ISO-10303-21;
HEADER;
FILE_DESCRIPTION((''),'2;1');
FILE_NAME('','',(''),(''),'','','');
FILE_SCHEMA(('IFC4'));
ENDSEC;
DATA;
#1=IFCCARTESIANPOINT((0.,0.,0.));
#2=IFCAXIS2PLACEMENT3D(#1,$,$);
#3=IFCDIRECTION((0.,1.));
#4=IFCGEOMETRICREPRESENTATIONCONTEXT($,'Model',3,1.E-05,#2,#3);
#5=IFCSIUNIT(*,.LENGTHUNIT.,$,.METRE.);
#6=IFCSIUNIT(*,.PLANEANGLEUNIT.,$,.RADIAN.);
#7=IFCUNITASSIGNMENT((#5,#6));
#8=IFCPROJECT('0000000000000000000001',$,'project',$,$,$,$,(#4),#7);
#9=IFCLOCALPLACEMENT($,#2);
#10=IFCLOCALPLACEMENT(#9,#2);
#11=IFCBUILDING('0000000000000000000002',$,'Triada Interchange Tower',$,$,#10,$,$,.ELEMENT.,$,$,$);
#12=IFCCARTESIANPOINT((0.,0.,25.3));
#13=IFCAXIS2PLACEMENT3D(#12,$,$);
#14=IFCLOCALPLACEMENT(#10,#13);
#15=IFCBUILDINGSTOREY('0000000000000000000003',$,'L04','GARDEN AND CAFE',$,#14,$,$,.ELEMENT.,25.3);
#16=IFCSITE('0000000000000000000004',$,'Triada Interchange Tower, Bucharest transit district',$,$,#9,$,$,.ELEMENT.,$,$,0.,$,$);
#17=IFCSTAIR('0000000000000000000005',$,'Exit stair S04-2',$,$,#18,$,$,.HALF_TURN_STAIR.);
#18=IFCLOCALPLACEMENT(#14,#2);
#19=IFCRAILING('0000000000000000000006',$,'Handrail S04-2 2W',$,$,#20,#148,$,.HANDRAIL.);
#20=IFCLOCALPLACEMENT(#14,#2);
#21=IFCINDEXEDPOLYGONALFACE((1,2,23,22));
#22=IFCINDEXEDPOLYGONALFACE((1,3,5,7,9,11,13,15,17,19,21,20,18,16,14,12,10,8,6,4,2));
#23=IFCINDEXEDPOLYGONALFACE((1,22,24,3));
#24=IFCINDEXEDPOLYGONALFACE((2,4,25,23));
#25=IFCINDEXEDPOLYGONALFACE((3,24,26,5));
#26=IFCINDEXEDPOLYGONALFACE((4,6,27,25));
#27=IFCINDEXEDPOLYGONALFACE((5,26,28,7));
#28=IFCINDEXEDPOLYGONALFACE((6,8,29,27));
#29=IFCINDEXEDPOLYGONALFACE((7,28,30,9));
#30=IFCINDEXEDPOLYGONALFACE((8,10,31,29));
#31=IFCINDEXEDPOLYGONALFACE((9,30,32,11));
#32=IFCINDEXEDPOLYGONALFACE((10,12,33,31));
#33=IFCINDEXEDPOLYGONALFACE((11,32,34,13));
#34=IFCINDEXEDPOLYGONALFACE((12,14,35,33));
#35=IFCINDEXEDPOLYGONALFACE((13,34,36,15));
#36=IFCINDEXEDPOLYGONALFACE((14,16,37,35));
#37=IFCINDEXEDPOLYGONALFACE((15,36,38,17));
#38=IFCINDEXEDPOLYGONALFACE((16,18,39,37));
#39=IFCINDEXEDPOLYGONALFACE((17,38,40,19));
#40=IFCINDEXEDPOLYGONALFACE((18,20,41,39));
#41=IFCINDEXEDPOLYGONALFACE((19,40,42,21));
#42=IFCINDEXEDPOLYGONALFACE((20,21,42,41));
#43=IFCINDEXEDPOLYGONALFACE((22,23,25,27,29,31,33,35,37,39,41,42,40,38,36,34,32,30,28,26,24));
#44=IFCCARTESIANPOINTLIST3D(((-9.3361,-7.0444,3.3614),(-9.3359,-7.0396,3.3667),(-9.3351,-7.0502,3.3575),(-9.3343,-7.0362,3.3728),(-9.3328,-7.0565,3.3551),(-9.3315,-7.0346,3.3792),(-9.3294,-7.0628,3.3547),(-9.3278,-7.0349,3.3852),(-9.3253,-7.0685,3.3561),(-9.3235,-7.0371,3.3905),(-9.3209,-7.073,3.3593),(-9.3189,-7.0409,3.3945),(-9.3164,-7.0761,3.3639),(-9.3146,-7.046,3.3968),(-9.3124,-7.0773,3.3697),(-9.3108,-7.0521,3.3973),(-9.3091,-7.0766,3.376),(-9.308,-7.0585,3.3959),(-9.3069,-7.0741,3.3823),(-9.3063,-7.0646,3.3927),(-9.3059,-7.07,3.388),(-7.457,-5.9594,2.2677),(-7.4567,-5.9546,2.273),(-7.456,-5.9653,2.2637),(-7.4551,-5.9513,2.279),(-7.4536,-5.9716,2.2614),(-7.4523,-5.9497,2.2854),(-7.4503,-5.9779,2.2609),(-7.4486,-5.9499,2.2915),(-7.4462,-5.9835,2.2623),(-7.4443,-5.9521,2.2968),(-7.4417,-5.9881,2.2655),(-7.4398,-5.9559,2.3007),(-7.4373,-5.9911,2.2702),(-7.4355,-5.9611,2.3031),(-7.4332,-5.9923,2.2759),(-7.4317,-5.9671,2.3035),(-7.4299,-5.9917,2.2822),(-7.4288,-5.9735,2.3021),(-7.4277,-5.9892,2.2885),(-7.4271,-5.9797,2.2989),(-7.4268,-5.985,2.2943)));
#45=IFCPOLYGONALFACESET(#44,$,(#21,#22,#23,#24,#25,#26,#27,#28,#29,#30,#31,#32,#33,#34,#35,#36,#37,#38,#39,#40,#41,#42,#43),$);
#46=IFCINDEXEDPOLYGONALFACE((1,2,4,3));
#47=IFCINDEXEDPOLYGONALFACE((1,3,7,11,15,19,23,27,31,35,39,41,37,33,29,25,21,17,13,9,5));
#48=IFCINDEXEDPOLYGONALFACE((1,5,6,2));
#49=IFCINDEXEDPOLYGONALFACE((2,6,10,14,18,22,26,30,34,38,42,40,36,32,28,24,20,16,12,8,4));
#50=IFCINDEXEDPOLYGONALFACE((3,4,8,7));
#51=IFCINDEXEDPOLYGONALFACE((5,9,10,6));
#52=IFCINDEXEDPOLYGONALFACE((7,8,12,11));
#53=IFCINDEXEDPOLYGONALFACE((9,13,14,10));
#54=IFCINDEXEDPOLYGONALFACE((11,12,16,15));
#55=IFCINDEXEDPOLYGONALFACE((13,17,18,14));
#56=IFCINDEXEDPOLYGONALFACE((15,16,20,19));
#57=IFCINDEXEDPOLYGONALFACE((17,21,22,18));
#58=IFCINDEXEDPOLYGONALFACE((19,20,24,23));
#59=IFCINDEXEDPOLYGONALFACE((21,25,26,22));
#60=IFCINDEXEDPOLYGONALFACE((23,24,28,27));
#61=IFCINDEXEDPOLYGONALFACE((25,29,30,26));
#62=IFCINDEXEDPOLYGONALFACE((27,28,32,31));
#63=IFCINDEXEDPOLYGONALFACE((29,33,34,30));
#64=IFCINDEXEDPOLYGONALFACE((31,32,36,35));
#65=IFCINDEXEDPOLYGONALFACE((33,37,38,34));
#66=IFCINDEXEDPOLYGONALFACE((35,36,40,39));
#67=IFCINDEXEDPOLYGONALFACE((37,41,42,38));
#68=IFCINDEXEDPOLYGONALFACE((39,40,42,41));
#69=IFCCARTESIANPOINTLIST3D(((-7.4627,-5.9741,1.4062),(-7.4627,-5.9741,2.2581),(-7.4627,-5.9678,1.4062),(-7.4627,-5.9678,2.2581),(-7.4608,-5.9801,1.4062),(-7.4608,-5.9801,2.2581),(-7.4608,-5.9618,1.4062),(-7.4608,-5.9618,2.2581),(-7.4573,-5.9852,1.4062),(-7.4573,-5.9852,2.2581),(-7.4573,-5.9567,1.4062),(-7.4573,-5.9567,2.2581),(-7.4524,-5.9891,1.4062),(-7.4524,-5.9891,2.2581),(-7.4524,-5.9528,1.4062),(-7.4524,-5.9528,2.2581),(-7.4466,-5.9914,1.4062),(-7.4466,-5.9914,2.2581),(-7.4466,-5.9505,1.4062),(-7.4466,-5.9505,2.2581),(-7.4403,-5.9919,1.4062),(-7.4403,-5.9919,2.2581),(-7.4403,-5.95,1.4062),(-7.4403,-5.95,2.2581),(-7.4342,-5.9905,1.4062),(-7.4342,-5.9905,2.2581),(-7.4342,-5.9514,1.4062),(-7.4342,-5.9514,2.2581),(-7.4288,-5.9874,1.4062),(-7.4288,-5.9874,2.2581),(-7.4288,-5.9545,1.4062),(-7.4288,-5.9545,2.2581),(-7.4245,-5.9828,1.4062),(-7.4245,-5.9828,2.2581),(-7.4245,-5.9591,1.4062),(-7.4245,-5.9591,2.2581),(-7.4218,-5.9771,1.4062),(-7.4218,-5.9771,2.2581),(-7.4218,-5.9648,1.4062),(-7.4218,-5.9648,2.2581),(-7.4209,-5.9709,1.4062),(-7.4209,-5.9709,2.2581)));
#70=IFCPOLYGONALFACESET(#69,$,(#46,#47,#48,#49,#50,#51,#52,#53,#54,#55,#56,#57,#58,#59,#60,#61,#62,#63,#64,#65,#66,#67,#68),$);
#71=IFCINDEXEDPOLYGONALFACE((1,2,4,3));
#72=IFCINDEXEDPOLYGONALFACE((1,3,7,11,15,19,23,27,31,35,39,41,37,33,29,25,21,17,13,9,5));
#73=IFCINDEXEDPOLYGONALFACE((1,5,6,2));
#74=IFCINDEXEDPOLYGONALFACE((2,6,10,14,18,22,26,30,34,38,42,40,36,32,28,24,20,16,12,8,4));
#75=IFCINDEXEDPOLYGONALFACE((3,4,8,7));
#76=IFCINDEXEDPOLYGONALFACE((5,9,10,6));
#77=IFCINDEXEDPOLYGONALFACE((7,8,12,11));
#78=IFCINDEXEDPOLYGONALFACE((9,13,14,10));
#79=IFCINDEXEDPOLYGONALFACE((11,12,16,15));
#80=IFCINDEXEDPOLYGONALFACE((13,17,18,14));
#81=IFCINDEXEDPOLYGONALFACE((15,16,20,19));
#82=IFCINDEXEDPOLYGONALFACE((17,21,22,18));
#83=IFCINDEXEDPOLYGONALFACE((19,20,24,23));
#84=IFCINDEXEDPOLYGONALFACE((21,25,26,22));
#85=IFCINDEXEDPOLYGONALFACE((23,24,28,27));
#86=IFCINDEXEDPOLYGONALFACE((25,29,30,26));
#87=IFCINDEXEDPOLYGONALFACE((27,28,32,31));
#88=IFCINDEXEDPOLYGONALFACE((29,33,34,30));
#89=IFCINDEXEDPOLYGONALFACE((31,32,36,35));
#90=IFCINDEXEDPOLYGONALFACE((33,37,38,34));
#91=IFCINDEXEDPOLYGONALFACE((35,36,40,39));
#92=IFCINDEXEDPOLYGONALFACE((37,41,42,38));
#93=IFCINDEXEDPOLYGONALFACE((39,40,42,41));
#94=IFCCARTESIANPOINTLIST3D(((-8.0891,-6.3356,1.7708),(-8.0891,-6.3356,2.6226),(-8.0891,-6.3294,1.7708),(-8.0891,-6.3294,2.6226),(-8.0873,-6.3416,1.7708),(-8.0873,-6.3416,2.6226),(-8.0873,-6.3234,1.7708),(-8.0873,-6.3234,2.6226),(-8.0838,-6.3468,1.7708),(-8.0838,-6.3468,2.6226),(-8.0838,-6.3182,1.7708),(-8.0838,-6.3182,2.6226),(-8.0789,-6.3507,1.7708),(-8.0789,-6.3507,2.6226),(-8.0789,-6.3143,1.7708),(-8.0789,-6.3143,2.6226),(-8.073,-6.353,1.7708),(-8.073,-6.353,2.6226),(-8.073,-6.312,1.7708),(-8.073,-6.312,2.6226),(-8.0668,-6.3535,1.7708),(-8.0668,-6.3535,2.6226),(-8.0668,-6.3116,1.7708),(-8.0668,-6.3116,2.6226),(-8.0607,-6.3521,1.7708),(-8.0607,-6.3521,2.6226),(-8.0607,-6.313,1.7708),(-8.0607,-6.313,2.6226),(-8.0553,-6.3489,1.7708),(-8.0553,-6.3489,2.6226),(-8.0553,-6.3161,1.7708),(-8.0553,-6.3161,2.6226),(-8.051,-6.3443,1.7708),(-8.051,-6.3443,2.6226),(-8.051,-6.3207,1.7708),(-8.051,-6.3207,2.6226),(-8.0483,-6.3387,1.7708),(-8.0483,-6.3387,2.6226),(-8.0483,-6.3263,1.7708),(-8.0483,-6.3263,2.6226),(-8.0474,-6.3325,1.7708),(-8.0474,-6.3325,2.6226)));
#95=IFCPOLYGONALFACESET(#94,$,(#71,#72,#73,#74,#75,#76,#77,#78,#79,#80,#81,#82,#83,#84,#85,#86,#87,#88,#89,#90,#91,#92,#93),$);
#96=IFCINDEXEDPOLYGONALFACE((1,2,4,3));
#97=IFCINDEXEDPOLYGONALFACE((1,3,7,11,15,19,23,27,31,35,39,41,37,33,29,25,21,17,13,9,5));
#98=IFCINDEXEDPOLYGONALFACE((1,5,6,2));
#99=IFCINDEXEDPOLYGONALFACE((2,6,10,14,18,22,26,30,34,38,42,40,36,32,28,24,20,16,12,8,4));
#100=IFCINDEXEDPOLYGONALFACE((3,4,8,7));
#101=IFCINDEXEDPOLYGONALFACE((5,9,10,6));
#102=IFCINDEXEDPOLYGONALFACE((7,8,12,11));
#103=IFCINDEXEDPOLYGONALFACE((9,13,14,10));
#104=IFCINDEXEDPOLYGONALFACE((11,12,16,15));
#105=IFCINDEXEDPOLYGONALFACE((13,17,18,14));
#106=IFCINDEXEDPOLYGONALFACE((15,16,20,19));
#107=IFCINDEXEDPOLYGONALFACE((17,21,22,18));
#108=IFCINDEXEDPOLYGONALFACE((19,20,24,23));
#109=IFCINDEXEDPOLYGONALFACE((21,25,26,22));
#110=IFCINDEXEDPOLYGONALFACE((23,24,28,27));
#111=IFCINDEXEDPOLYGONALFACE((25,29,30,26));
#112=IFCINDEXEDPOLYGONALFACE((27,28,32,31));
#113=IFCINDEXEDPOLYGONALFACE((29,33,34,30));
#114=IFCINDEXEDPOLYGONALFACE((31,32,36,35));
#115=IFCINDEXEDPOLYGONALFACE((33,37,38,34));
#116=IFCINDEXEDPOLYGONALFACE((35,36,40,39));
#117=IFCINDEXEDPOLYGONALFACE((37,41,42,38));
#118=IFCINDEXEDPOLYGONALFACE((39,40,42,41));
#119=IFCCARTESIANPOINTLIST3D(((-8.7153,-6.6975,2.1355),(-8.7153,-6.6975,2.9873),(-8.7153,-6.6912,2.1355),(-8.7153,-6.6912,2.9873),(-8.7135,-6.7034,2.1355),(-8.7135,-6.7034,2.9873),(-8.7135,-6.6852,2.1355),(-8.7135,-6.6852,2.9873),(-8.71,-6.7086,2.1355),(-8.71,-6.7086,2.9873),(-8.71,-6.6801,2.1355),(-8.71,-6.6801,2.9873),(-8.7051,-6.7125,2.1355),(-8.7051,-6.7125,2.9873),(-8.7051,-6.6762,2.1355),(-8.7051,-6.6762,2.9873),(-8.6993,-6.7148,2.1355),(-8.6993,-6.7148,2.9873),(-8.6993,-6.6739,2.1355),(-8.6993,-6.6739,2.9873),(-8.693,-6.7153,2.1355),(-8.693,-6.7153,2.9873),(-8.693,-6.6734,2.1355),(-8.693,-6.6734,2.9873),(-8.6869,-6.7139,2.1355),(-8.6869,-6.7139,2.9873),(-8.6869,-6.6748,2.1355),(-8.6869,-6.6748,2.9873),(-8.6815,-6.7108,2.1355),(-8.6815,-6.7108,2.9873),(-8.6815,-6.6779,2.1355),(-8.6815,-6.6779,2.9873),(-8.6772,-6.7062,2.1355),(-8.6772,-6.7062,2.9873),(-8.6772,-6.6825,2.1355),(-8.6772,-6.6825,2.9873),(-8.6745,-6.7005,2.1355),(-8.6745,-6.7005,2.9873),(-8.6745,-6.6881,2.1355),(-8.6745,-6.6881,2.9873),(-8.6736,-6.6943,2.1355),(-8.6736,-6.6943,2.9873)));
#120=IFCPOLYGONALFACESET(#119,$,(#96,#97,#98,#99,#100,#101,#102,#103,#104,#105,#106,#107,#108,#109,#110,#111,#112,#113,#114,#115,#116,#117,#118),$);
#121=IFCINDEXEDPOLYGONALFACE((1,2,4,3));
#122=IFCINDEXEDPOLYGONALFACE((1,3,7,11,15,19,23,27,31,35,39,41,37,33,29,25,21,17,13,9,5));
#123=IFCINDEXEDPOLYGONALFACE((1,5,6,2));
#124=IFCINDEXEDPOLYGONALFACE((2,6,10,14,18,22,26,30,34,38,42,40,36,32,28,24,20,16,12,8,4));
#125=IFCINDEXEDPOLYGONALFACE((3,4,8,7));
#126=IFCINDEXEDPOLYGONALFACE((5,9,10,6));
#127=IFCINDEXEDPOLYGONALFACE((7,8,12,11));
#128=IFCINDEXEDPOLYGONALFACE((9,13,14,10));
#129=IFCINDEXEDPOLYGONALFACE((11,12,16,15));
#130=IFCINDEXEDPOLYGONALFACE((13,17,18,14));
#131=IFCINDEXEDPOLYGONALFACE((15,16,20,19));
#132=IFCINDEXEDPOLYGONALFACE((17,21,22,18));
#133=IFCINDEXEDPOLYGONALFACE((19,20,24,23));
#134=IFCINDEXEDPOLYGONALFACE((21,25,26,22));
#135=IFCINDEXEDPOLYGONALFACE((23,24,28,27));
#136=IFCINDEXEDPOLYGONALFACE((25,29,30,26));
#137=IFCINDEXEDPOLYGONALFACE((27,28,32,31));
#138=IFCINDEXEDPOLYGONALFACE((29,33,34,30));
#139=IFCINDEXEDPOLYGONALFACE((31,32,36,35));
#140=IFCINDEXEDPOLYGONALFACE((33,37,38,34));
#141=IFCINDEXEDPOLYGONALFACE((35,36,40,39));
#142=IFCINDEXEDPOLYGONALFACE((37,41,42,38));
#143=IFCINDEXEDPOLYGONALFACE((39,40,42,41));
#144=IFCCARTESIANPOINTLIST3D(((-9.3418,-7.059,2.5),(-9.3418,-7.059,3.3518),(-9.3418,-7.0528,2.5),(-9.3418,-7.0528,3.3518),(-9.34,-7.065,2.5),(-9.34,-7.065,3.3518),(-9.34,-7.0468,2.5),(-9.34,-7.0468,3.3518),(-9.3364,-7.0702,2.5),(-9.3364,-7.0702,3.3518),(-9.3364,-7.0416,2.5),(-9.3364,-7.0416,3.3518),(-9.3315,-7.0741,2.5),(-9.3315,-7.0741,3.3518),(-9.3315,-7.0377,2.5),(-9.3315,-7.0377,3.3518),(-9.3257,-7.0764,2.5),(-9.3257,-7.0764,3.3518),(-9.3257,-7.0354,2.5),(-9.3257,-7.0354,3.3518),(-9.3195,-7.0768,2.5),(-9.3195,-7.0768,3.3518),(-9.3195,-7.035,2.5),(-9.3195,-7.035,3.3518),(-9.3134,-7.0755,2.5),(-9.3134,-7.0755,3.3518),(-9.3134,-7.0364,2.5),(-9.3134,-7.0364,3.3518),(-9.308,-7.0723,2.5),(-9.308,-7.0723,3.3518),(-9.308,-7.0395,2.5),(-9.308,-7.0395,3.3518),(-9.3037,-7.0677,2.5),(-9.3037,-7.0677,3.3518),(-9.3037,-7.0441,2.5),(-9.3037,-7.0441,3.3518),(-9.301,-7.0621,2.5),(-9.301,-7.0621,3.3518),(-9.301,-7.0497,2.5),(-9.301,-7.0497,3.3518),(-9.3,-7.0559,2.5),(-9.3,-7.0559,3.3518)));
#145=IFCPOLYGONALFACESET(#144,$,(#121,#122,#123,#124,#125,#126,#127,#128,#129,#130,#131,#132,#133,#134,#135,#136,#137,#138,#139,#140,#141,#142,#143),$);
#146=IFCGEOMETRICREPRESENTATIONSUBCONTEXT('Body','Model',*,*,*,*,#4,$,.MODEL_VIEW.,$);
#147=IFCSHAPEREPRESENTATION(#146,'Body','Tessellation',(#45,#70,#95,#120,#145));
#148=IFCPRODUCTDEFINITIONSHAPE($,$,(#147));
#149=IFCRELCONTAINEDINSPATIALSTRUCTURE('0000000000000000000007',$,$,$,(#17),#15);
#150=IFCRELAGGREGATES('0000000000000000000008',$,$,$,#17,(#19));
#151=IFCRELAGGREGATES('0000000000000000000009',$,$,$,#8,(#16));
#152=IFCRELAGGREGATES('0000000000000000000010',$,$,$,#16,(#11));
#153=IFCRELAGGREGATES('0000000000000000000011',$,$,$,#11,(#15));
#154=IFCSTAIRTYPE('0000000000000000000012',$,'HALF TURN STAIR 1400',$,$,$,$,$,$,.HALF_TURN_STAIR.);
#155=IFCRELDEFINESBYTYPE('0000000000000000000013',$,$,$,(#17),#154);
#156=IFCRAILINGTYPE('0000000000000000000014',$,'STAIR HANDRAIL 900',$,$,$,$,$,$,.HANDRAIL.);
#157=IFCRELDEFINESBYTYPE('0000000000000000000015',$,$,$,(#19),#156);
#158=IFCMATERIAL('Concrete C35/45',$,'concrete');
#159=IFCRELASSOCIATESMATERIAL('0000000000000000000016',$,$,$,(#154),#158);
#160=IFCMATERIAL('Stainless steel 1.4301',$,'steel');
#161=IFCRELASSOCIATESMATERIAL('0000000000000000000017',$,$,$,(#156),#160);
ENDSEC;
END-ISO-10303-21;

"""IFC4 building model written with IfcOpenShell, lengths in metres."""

from ifc_helpers import new_model, si_unit, direction, frame, origin, origin_2d, place, context, subcontext, project, spatial, circle, extrude, material, type_object, element, aggregate, save


model = new_model("IFC4")

# Units and contexts
model_context = context("Model", 3, precision=1e-05, world=origin(), true_north=direction((0.0, 1.0)))
body_context = subcontext(model_context, "Body", "Model", "MODEL_VIEW")
ifc_project = project(units=[si_unit("LENGTHUNIT", "METRE"), si_unit("PLANEANGLEUNIT", "RADIAN")], contexts=[model_context])

# Site, building, storey
site_placement = place(None, origin())
site = spatial("IfcSite", under=ifc_project, at=site_placement, Name="Triada Interchange Tower, Bucharest transit district", CompositionType="ELEMENT", RefElevation=0.0)
building_placement = place(site_placement, origin())
building = spatial("IfcBuilding", under=site, at=building_placement, Name="Triada Interchange Tower", CompositionType="ELEMENT")
storey_placement = place(building_placement, frame((0.0, 0.0, 25.3)))
storey = spatial("IfcBuildingStorey", under=building, at=storey_placement, Name="L04", Description="GARDEN AND CAFE", CompositionType="ELEMENT", Elevation=25.3)

# Stair, railing
ifc_material_1 = material(Name="Concrete C35/45", Category="concrete")
stair_type = type_object("IfcStairType", Name="HALF TURN STAIR 1400", PredefinedType="HALF_TURN_STAIR", material=ifc_material_1)
stair_placement = place(storey_placement, origin())
stair = element("IfcStair", 1, at=stair_placement, inside=storey, type_object=stair_type, Name="Exit stair S04-2", PredefinedType="HALF_TURN_STAIR")
ifc_material_2 = material(Name="Stainless steel 1.4301", Category="steel")
railing_type_1 = type_object("IfcRailingType", Name="STAIR HANDRAIL 900", PredefinedType="HANDRAIL", material=ifc_material_2)
railing_1_placement = place(storey_placement, frame((-7.4419, -5.9709, 1.4062)))
railing_1 = element("IfcRailing", 2, at=railing_1_placement, type_object=railing_type_1, Name="Handrail S04-2 2W", PredefinedType="HANDRAIL", context=body_context, shape_type="SweptSolid", body=[
    extrude(circle(Radius=0.0239, at=origin_2d()), frame((0.0, 0.0, 0.876), z_axis=(-0.77333, -0.446496, 0.450113), x_axis=(0.500011, -0.866019, 0.0)), (0.0, 0.0, 1.0), 2.4299),
    extrude(circle(Radius=0.021, at=origin_2d()), origin(), (0.0, 0.0, 1.0), 0.8518),
    extrude(circle(Radius=0.021, at=origin_2d()), frame((-0.6265, -0.3616, 0.3645)), (0.0, 0.0, 1.0), 0.8518),
    extrude(circle(Radius=0.021, at=origin_2d()), frame((-1.2527, -0.7234, 0.7292)), (0.0, 0.0, 1.0), 0.8518),
    extrude(circle(Radius=0.021, at=origin_2d()), frame((-1.8792, -1.085, 1.0938)), (0.0, 0.0, 1.0), 0.8518),
])
aggregate(stair, [railing_1])

save(model, "model.ifc")
